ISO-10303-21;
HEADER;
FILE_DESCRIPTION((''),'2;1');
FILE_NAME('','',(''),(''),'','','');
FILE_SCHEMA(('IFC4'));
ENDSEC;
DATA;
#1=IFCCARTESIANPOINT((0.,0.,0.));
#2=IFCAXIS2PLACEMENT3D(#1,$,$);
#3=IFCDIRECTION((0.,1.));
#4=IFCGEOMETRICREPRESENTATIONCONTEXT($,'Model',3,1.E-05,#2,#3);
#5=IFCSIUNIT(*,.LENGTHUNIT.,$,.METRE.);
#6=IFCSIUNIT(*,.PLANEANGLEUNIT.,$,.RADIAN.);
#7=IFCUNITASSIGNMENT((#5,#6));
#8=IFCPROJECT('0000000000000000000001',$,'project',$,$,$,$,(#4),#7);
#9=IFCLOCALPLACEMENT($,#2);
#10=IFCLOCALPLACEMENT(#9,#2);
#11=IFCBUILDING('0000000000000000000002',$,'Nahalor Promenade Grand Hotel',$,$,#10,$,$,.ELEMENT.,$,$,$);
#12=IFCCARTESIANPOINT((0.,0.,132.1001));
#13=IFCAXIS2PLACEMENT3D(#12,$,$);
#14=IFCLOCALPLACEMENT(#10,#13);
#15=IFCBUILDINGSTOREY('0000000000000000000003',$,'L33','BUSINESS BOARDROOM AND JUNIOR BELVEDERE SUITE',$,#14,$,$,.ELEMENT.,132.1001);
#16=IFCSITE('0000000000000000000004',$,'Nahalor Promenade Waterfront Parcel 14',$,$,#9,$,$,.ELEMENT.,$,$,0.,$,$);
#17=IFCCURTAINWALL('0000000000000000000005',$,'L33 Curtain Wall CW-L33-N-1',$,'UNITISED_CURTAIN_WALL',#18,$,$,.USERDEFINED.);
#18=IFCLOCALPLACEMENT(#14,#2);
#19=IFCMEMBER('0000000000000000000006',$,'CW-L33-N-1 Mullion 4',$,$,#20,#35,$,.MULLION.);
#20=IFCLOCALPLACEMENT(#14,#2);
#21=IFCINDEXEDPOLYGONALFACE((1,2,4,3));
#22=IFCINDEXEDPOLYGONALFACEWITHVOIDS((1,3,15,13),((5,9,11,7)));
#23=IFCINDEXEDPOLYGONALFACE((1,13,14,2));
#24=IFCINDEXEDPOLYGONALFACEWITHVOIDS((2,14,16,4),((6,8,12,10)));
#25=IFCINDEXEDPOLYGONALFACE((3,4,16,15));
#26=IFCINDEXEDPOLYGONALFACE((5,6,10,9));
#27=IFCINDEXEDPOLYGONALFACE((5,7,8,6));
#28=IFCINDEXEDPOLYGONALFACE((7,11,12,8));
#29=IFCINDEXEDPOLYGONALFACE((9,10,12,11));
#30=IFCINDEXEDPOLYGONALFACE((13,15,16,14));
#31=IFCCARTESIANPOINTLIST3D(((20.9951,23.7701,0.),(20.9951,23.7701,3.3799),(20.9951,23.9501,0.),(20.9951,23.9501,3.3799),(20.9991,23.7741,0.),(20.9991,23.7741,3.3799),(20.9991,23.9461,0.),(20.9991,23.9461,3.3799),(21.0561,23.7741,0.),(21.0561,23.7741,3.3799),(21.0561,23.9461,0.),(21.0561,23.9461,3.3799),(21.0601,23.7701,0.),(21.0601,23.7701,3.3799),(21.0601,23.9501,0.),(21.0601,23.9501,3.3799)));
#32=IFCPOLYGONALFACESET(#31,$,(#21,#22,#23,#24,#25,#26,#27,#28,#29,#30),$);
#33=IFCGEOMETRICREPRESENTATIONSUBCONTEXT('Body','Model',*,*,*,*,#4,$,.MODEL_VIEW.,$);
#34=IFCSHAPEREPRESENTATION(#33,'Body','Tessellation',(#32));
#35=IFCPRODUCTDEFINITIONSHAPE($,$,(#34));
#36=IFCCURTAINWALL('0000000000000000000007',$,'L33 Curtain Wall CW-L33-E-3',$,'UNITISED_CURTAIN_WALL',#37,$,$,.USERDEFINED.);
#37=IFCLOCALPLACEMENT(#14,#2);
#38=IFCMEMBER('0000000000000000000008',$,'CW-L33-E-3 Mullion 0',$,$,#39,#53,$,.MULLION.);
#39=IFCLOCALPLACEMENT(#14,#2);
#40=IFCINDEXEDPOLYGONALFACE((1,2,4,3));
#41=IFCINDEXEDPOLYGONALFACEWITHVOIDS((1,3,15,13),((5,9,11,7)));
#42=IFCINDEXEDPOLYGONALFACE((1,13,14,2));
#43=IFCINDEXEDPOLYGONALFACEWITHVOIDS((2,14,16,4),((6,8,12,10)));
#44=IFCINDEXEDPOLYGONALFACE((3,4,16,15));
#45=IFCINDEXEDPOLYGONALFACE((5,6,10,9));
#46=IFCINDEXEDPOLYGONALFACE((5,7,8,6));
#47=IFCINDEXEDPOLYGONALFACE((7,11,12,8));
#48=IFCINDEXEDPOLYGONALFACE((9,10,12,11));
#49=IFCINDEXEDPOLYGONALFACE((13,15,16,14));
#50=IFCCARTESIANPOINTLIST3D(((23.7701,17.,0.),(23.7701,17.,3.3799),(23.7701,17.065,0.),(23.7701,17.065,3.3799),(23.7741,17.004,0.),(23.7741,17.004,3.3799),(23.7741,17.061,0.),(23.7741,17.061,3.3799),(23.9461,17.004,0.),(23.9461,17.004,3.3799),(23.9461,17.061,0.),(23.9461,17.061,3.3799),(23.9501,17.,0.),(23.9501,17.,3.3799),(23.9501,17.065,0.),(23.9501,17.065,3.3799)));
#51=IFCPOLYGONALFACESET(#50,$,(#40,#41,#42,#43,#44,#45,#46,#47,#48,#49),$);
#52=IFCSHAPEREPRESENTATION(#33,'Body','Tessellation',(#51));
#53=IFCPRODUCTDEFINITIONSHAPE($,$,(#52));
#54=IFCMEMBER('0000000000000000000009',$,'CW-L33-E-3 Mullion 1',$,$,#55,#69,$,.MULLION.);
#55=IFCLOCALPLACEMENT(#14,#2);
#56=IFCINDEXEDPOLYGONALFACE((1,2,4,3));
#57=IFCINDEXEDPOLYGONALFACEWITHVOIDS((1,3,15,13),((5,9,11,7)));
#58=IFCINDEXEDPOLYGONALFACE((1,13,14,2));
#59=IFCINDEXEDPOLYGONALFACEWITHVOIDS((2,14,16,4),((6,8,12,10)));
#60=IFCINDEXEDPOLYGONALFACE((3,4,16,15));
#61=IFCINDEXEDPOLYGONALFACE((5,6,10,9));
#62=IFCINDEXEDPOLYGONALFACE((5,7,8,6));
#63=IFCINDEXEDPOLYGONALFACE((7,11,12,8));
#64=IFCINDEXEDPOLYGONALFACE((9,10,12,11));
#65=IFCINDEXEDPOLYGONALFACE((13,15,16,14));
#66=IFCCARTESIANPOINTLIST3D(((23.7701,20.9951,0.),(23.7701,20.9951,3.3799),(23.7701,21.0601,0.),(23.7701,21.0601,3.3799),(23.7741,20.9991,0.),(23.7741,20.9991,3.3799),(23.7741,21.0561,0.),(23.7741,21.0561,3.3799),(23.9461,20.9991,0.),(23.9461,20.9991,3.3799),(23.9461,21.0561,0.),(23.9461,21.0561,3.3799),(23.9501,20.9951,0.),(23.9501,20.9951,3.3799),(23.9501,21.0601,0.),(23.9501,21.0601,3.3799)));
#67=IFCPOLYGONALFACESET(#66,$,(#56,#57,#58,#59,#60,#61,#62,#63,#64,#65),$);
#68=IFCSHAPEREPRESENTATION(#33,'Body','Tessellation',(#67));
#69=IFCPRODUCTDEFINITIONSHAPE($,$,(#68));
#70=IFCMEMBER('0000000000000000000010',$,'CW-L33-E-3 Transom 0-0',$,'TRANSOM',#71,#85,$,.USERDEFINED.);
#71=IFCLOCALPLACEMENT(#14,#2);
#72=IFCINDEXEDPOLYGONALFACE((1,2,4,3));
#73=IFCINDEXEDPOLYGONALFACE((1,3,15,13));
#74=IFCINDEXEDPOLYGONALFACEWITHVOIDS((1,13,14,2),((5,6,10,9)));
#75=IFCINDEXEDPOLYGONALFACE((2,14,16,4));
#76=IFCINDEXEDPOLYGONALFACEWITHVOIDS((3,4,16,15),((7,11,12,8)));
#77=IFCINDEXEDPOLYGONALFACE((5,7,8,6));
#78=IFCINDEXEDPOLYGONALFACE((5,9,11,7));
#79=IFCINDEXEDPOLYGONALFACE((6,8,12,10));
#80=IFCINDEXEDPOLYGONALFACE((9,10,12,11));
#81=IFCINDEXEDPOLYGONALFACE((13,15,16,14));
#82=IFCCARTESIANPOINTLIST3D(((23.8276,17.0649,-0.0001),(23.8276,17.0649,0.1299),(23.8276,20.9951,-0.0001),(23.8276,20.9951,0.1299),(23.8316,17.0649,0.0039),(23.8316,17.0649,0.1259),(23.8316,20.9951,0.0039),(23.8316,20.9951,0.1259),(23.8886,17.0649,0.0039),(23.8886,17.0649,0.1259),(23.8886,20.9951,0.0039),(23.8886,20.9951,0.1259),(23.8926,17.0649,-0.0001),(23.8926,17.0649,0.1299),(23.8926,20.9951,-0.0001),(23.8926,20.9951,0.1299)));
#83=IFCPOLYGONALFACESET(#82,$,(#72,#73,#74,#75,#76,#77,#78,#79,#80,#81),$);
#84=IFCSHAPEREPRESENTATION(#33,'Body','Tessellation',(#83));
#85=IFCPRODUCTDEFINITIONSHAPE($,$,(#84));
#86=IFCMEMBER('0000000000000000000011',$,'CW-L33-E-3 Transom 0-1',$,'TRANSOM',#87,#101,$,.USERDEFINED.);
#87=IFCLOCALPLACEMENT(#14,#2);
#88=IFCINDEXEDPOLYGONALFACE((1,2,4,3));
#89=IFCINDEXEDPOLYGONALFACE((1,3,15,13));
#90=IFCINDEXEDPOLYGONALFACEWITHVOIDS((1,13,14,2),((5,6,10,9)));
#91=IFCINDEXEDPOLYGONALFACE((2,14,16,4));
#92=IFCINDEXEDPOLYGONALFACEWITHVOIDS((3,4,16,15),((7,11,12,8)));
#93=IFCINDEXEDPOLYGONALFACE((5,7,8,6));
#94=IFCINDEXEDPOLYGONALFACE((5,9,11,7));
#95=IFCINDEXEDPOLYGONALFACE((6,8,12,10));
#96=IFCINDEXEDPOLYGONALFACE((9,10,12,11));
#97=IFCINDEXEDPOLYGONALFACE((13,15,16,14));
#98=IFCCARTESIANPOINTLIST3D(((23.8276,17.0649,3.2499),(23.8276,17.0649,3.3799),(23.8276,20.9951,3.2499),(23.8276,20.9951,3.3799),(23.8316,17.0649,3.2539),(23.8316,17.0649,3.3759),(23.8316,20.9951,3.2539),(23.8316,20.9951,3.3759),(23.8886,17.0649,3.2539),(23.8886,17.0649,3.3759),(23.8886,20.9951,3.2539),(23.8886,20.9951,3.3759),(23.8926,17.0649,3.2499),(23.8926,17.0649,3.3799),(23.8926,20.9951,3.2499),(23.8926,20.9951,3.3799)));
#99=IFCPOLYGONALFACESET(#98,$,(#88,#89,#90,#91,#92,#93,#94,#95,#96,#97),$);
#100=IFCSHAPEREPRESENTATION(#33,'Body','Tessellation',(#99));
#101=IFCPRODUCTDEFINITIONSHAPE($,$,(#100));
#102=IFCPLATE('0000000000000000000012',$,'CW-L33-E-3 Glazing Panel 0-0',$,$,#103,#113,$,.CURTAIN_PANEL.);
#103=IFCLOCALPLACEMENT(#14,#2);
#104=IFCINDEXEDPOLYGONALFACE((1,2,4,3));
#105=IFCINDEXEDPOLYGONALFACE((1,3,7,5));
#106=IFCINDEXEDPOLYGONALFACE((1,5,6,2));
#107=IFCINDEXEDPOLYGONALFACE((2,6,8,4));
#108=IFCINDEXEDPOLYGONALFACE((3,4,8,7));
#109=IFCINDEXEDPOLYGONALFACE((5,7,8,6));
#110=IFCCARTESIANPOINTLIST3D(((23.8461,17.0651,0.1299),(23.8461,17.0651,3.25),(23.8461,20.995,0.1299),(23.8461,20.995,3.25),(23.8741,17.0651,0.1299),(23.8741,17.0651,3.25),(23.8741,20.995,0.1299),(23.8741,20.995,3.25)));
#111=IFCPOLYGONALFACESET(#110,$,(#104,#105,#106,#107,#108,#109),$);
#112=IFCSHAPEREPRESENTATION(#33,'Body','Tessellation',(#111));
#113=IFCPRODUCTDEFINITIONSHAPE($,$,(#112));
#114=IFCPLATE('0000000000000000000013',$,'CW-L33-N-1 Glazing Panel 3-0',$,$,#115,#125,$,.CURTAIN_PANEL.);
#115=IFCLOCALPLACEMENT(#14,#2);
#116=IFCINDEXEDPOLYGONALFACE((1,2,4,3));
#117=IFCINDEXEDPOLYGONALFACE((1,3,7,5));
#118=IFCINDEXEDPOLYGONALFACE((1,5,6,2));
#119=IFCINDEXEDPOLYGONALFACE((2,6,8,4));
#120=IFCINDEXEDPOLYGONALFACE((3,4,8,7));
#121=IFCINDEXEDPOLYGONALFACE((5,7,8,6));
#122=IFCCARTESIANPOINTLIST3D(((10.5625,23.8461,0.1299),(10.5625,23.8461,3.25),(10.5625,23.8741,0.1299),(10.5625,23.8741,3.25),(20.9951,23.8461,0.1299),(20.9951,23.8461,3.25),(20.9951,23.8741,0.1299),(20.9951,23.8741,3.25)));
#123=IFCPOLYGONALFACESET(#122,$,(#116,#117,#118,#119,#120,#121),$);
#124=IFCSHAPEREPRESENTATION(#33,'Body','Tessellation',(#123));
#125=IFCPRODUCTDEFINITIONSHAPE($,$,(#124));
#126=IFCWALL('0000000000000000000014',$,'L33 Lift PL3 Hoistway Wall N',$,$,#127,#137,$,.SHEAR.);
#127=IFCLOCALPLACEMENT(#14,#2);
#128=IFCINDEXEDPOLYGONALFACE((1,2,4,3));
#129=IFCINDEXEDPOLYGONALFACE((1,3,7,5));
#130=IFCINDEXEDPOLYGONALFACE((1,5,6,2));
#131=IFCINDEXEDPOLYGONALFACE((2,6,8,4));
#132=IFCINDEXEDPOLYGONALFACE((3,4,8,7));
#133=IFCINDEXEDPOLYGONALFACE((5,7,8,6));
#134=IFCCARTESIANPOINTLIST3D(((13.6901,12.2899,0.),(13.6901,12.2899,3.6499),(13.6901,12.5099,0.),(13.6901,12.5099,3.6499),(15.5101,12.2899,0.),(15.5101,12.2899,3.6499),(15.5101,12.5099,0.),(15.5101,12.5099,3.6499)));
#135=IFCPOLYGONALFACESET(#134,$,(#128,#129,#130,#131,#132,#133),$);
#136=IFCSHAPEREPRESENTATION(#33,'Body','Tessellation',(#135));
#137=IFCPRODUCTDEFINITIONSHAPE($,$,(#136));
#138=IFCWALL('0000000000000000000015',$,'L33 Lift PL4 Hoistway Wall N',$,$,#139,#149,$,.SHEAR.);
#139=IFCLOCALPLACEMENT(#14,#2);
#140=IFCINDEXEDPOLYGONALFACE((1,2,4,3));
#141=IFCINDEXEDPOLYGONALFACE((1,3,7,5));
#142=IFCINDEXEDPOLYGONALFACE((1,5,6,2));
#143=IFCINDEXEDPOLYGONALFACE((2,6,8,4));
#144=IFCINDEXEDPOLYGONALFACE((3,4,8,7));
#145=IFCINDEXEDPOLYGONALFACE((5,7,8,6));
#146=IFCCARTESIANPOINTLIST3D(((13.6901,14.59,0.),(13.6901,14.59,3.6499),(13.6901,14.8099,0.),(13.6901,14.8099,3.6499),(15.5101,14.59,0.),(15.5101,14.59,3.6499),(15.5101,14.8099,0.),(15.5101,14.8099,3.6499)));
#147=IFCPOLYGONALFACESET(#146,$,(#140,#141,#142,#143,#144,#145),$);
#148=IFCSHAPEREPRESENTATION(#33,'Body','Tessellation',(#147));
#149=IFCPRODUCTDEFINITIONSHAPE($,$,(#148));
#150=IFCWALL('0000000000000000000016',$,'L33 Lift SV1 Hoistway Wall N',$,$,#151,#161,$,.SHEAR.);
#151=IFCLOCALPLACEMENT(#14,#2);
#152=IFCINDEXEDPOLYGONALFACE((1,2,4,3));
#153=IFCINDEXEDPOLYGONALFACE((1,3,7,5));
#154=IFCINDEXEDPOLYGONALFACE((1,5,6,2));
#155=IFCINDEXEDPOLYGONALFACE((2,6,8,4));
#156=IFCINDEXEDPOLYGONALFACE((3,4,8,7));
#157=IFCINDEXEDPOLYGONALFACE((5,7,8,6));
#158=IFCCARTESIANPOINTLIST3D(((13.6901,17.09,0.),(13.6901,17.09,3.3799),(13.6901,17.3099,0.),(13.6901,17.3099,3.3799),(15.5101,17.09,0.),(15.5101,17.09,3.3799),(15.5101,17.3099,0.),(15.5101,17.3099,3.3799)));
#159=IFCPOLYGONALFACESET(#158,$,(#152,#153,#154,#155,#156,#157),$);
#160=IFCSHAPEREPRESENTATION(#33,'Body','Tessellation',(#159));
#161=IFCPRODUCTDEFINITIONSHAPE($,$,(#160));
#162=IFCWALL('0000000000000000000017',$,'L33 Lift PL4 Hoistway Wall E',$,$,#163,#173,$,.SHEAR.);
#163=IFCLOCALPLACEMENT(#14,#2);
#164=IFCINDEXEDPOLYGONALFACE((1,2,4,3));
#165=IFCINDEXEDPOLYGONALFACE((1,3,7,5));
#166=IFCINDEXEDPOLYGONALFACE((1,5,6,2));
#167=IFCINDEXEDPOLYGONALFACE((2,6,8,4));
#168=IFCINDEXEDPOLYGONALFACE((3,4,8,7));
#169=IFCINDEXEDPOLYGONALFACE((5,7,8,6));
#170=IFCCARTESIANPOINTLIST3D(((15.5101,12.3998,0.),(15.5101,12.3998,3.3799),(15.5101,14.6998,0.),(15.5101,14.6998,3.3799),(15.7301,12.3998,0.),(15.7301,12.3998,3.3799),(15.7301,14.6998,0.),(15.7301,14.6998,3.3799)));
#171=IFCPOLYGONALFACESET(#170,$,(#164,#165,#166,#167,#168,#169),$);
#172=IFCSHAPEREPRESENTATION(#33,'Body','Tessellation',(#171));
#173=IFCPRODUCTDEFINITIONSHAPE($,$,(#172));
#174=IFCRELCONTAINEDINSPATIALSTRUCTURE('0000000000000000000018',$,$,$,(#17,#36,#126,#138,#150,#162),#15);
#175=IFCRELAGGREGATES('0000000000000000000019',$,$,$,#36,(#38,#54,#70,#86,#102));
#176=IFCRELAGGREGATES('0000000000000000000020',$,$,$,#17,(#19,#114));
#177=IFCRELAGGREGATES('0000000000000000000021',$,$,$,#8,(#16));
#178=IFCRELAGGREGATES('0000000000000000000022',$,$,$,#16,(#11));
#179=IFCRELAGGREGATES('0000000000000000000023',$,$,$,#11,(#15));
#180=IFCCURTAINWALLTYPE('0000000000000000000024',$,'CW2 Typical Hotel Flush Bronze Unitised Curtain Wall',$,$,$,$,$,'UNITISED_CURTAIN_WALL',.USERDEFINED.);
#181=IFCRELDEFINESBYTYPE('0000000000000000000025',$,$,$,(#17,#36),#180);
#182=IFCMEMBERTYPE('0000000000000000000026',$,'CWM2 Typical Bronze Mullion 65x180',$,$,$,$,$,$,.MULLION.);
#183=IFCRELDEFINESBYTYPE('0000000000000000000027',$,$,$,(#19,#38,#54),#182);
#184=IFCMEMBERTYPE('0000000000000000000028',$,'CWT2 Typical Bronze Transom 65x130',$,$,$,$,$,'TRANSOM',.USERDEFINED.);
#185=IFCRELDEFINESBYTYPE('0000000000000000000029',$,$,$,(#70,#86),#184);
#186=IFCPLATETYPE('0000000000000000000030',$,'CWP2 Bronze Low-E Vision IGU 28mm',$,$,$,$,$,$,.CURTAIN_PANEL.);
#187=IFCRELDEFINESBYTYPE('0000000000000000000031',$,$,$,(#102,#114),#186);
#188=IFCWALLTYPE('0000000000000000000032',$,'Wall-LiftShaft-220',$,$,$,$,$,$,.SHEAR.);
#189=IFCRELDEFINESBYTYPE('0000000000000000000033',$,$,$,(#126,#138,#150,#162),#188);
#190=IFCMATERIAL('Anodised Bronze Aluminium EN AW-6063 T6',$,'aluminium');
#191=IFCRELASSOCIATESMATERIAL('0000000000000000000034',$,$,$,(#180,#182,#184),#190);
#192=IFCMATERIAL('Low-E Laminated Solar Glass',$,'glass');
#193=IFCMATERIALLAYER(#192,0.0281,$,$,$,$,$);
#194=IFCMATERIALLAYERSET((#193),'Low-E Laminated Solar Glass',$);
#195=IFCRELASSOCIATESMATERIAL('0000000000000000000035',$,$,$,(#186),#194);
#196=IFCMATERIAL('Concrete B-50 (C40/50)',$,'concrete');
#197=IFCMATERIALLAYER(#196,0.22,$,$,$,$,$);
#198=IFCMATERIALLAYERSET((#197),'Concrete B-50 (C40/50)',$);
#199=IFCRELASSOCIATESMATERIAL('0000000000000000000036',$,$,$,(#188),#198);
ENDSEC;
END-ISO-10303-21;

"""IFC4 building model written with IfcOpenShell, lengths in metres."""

from ifc_helpers import new_model, si_unit, direction, frame, frame_2d, origin, origin_2d, place, context, subcontext, project, spatial, rectangle, hollow_rectangle, extrude, source, transform, mapped, material, layer, layer_set, material_profile, profile_set, type_object, element, aggregate, save


model = new_model("IFC4")

# Units and contexts
model_context = context("Model", 3, precision=1e-05, world=origin(), true_north=direction((0.0, 1.0)))
body_context = subcontext(model_context, "Body", "Model", "MODEL_VIEW")
ifc_project = project(units=[si_unit("LENGTHUNIT", "METRE"), si_unit("PLANEANGLEUNIT", "RADIAN")], contexts=[model_context])

# Site, building, storey
site_placement = place(None, origin())
site = spatial("IfcSite", under=ifc_project, at=site_placement, Name="Nahalor Promenade Waterfront Parcel 14", CompositionType="ELEMENT", RefElevation=0.0)
building_placement = place(site_placement, origin())
building = spatial("IfcBuilding", under=site, at=building_placement, Name="Nahalor Promenade Grand Hotel", CompositionType="ELEMENT")
storey_placement = place(building_placement, frame((0.0, 0.0, 132.1001)))
storey = spatial("IfcBuildingStorey", under=building, at=storey_placement, Name="L33", Description="BUSINESS BOARDROOM AND JUNIOR BELVEDERE SUITE", CompositionType="ELEMENT", Elevation=132.1001)

# Curtain wall, member
ifc_material_1 = material(Name="Anodised Bronze Aluminium EN AW-6063 T6", Category="aluminium")
curtain_wall_type = type_object("IfcCurtainWallType", Name="CW2 Typical Hotel Flush Bronze Unitised Curtain Wall", ElementType="UNITISED_CURTAIN_WALL", PredefinedType="USERDEFINED", material=ifc_material_1)
curtain_wall_1_placement = place(storey_placement, origin())
curtain_wall_1 = element("IfcCurtainWall", 1, at=curtain_wall_1_placement, inside=storey, type_object=curtain_wall_type, Name="L33 Curtain Wall CW-L33-N-1", ObjectType="UNITISED_CURTAIN_WALL", PredefinedType="USERDEFINED")
ifc_material_profile_1 = material_profile(ifc_material_1, hollow_rectangle(XDim=0.065, YDim=0.18, WallThickness=0.004, at=origin_2d()), Name="CWM 65x180x4")
ifc_profile_set_1 = profile_set([ifc_material_profile_1], Name="Anodised Bronze Aluminium EN AW-6063 T6")
member_type_1 = type_object("IfcMemberType", Name="CWM2 Typical Bronze Mullion 65x180", PredefinedType="MULLION", material=ifc_profile_set_1)
shared_shape_1 = source(origin(), body_context, "Body", "SweptSolid", [
    extrude(hollow_rectangle(XDim=0.065, YDim=0.18, WallThickness=0.004, at=origin_2d()), origin(), (0.0, 0.0, 1.0), 3.3799),
])
member_1_placement = place(storey_placement, frame((21.0276, 23.8601, 0.0), z_axis=(0.0, 0.0, 1.0), x_axis=(1.0, 0.0, 0.0)))
member_1 = element("IfcMember", 2, at=member_1_placement, type_object=member_type_1, Name="CW-L33-N-1 Mullion 4", PredefinedType="MULLION", context=body_context, shape_type="MappedRepresentation", body=[
    mapped(shared_shape_1, transform((0.0, 0.0, 0.0), scale=1.0)),
])

# Curtain wall, members, plate
curtain_wall_2_placement = place(storey_placement, origin())
curtain_wall_2 = element("IfcCurtainWall", 3, at=curtain_wall_2_placement, inside=storey, type_object=curtain_wall_type, Name="L33 Curtain Wall CW-L33-E-3", ObjectType="UNITISED_CURTAIN_WALL", PredefinedType="USERDEFINED")
member_2_placement = place(storey_placement, frame((23.8601, 17.0325, 0.0), z_axis=(0.0, 0.0, 1.0), x_axis=(0.0, 1.0, 0.0)))
member_2 = element("IfcMember", 4, at=member_2_placement, type_object=member_type_1, Name="CW-L33-E-3 Mullion 0", PredefinedType="MULLION", context=body_context, shape_type="MappedRepresentation", body=[
    mapped(shared_shape_1, transform((0.0, 0.0, 0.0), scale=1.0)),
])
member_3_placement = place(storey_placement, frame((23.8601, 21.0276, 0.0), z_axis=(0.0, 0.0, 1.0), x_axis=(0.0, 1.0, 0.0)))
member_3 = element("IfcMember", 5, at=member_3_placement, type_object=member_type_1, Name="CW-L33-E-3 Mullion 1", PredefinedType="MULLION", context=body_context, shape_type="MappedRepresentation", body=[
    mapped(shared_shape_1, transform((0.0, 0.0, 0.0), scale=1.0)),
])
ifc_material_profile_2 = material_profile(ifc_material_1, hollow_rectangle(XDim=0.065, YDim=0.13, WallThickness=0.004, at=origin_2d()), Name="CWT 65x130x4")
ifc_profile_set_2 = profile_set([ifc_material_profile_2], Name="Anodised Bronze Aluminium EN AW-6063 T6")
member_type_2 = type_object("IfcMemberType", Name="CWT2 Typical Bronze Transom 65x130", ElementType="TRANSOM", PredefinedType="USERDEFINED", material=ifc_profile_set_2)
shared_shape_2 = source(origin(), body_context, "Body", "SweptSolid", [
    extrude(hollow_rectangle(XDim=0.065, YDim=0.13, WallThickness=0.004, at=origin_2d()), origin(), (0.0, 0.0, 1.0), 3.9302),
])
member_4_placement = place(storey_placement, frame((23.8601, 17.0649, 0.0649), z_axis=(0.0, 1.0, 0.0), x_axis=(-1.0, 0.0, 0.0)))
member_4 = element("IfcMember", 6, at=member_4_placement, type_object=member_type_2, Name="CW-L33-E-3 Transom 0-0", ObjectType="TRANSOM", PredefinedType="USERDEFINED", context=body_context, shape_type="MappedRepresentation", body=[
    mapped(shared_shape_2, transform((0.0, 0.0, 0.0), scale=1.0)),
])
member_5_placement = place(storey_placement, frame((23.8601, 17.0649, 3.3149), z_axis=(0.0, 1.0, 0.0), x_axis=(-1.0, 0.0, 0.0)))
member_5 = element("IfcMember", 7, at=member_5_placement, type_object=member_type_2, Name="CW-L33-E-3 Transom 0-1", ObjectType="TRANSOM", PredefinedType="USERDEFINED", context=body_context, shape_type="MappedRepresentation", body=[
    mapped(shared_shape_2, transform((0.0, 0.0, 0.0), scale=1.0)),
])
ifc_material_2 = material(Name="Low-E Laminated Solar Glass", Category="glass")
ifc_layer_1 = layer(ifc_material_2, 0.0281)
ifc_layer_set_1 = layer_set([ifc_layer_1], Name="Low-E Laminated Solar Glass")
plate_type = type_object("IfcPlateType", Name="CWP2 Bronze Low-E Vision IGU 28mm", PredefinedType="CURTAIN_PANEL", material=ifc_layer_set_1)
shared_shape_3 = source(origin(), body_context, "Body", "SweptSolid", [
    extrude(rectangle(XDim=3.9299, YDim=0.0281, at=origin_2d()), origin(), (0.0, 0.0, 1.0), 3.1201),
])
plate_1_placement = place(storey_placement, frame((23.8601, 19.03, 0.1299), z_axis=(0.0, 0.0, 1.0), x_axis=(0.0, 1.0, 0.0)))
plate_1 = element("IfcPlate", 8, at=plate_1_placement, type_object=plate_type, Name="CW-L33-E-3 Glazing Panel 0-0", PredefinedType="CURTAIN_PANEL", context=body_context, shape_type="MappedRepresentation", body=[
    mapped(shared_shape_3, transform((0.0, 0.0, 0.0), scale=1.0)),
])
aggregate(curtain_wall_2, [member_2, member_3, member_4, member_5, plate_1])

# Plate
shared_shape_4 = source(origin(), body_context, "Body", "SweptSolid", [
    extrude(rectangle(XDim=10.4326, YDim=0.0281, at=origin_2d()), origin(), (0.0, 0.0, 1.0), 3.1201),
])
plate_2_placement = place(storey_placement, frame((15.7788, 23.8601, 0.1299), z_axis=(0.0, 0.0, 1.0), x_axis=(1.0, 0.0, 0.0)))
plate_2 = element("IfcPlate", 9, at=plate_2_placement, type_object=plate_type, Name="CW-L33-N-1 Glazing Panel 3-0", PredefinedType="CURTAIN_PANEL", context=body_context, shape_type="MappedRepresentation", body=[
    mapped(shared_shape_4, transform((0.0, 0.0, 0.0), scale=1.0)),
])
aggregate(curtain_wall_1, [member_1, plate_2])

# Walls
ifc_material_3 = material(Name="Concrete B-50 (C40/50)", Category="concrete")
ifc_layer_2 = layer(ifc_material_3, 0.22)
ifc_layer_set_2 = layer_set([ifc_layer_2], Name="Concrete B-50 (C40/50)")
wall_type_1 = type_object("IfcWallType", Name="Wall-LiftShaft-220", PredefinedType="SHEAR", material=ifc_layer_set_2)
shared_shape_5 = source(origin(), body_context, "Body", "SweptSolid", [
    extrude(rectangle(XDim=1.8201, YDim=0.22, at=frame_2d((0.9102, 0.0))), origin(), (0.0, 0.0, 1.0), 3.6499),
])
for number, where, z_axis, x_axis, name in (
    (10, (13.6899, 12.3999, 0.0), (0.0, 0.0, 1.0), (1.0, 0.0, 0.0), "L33 Lift PL3 Hoistway Wall N"),
    (11, (13.6899, 14.7, 0.0), (0.0, 0.0, 1.0), (1.0, 0.0, 0.0), "L33 Lift PL4 Hoistway Wall N"),
):
    element("IfcWall", number, at=place(storey_placement, frame(where, z_axis=z_axis, x_axis=x_axis)), inside=storey, type_object=wall_type_1, Name=name, PredefinedType="SHEAR", context=body_context, shape_type="MappedRepresentation", body=[
        mapped(shared_shape_5, transform((0.0, 0.0, 0.0), scale=1.0)),
    ])
shared_shape_6 = source(origin(), body_context, "Body", "SweptSolid", [
    extrude(rectangle(XDim=1.8201, YDim=0.22, at=frame_2d((0.9102, 0.0))), origin(), (0.0, 0.0, 1.0), 3.3799),
])
wall_1_placement = place(storey_placement, frame((13.6899, 17.2, 0.0), z_axis=(0.0, 0.0, 1.0), x_axis=(1.0, 0.0, 0.0)))
element("IfcWall", 12, at=wall_1_placement, inside=storey, type_object=wall_type_1, Name="L33 Lift SV1 Hoistway Wall N", PredefinedType="SHEAR", context=body_context, shape_type="MappedRepresentation", body=[
    mapped(shared_shape_6, transform((0.0, 0.0, 0.0), scale=1.0)),
])
shared_shape_7 = source(origin(), body_context, "Body", "SweptSolid", [
    extrude(rectangle(XDim=2.3, YDim=0.22, at=frame_2d((1.1499, 0.0))), origin(), (0.0, 0.0, 1.0), 3.3799),
])
wall_2_placement = place(storey_placement, frame((15.6201, 12.3999, 0.0), z_axis=(0.0, 0.0, 1.0), x_axis=(0.0, 1.0, 0.0)))
element("IfcWall", 13, at=wall_2_placement, inside=storey, type_object=wall_type_1, Name="L33 Lift PL4 Hoistway Wall E", PredefinedType="SHEAR", context=body_context, shape_type="MappedRepresentation", body=[
    mapped(shared_shape_7, transform((0.0, 0.0, 0.0), scale=1.0)),
])

save(model, "model.ifc")
